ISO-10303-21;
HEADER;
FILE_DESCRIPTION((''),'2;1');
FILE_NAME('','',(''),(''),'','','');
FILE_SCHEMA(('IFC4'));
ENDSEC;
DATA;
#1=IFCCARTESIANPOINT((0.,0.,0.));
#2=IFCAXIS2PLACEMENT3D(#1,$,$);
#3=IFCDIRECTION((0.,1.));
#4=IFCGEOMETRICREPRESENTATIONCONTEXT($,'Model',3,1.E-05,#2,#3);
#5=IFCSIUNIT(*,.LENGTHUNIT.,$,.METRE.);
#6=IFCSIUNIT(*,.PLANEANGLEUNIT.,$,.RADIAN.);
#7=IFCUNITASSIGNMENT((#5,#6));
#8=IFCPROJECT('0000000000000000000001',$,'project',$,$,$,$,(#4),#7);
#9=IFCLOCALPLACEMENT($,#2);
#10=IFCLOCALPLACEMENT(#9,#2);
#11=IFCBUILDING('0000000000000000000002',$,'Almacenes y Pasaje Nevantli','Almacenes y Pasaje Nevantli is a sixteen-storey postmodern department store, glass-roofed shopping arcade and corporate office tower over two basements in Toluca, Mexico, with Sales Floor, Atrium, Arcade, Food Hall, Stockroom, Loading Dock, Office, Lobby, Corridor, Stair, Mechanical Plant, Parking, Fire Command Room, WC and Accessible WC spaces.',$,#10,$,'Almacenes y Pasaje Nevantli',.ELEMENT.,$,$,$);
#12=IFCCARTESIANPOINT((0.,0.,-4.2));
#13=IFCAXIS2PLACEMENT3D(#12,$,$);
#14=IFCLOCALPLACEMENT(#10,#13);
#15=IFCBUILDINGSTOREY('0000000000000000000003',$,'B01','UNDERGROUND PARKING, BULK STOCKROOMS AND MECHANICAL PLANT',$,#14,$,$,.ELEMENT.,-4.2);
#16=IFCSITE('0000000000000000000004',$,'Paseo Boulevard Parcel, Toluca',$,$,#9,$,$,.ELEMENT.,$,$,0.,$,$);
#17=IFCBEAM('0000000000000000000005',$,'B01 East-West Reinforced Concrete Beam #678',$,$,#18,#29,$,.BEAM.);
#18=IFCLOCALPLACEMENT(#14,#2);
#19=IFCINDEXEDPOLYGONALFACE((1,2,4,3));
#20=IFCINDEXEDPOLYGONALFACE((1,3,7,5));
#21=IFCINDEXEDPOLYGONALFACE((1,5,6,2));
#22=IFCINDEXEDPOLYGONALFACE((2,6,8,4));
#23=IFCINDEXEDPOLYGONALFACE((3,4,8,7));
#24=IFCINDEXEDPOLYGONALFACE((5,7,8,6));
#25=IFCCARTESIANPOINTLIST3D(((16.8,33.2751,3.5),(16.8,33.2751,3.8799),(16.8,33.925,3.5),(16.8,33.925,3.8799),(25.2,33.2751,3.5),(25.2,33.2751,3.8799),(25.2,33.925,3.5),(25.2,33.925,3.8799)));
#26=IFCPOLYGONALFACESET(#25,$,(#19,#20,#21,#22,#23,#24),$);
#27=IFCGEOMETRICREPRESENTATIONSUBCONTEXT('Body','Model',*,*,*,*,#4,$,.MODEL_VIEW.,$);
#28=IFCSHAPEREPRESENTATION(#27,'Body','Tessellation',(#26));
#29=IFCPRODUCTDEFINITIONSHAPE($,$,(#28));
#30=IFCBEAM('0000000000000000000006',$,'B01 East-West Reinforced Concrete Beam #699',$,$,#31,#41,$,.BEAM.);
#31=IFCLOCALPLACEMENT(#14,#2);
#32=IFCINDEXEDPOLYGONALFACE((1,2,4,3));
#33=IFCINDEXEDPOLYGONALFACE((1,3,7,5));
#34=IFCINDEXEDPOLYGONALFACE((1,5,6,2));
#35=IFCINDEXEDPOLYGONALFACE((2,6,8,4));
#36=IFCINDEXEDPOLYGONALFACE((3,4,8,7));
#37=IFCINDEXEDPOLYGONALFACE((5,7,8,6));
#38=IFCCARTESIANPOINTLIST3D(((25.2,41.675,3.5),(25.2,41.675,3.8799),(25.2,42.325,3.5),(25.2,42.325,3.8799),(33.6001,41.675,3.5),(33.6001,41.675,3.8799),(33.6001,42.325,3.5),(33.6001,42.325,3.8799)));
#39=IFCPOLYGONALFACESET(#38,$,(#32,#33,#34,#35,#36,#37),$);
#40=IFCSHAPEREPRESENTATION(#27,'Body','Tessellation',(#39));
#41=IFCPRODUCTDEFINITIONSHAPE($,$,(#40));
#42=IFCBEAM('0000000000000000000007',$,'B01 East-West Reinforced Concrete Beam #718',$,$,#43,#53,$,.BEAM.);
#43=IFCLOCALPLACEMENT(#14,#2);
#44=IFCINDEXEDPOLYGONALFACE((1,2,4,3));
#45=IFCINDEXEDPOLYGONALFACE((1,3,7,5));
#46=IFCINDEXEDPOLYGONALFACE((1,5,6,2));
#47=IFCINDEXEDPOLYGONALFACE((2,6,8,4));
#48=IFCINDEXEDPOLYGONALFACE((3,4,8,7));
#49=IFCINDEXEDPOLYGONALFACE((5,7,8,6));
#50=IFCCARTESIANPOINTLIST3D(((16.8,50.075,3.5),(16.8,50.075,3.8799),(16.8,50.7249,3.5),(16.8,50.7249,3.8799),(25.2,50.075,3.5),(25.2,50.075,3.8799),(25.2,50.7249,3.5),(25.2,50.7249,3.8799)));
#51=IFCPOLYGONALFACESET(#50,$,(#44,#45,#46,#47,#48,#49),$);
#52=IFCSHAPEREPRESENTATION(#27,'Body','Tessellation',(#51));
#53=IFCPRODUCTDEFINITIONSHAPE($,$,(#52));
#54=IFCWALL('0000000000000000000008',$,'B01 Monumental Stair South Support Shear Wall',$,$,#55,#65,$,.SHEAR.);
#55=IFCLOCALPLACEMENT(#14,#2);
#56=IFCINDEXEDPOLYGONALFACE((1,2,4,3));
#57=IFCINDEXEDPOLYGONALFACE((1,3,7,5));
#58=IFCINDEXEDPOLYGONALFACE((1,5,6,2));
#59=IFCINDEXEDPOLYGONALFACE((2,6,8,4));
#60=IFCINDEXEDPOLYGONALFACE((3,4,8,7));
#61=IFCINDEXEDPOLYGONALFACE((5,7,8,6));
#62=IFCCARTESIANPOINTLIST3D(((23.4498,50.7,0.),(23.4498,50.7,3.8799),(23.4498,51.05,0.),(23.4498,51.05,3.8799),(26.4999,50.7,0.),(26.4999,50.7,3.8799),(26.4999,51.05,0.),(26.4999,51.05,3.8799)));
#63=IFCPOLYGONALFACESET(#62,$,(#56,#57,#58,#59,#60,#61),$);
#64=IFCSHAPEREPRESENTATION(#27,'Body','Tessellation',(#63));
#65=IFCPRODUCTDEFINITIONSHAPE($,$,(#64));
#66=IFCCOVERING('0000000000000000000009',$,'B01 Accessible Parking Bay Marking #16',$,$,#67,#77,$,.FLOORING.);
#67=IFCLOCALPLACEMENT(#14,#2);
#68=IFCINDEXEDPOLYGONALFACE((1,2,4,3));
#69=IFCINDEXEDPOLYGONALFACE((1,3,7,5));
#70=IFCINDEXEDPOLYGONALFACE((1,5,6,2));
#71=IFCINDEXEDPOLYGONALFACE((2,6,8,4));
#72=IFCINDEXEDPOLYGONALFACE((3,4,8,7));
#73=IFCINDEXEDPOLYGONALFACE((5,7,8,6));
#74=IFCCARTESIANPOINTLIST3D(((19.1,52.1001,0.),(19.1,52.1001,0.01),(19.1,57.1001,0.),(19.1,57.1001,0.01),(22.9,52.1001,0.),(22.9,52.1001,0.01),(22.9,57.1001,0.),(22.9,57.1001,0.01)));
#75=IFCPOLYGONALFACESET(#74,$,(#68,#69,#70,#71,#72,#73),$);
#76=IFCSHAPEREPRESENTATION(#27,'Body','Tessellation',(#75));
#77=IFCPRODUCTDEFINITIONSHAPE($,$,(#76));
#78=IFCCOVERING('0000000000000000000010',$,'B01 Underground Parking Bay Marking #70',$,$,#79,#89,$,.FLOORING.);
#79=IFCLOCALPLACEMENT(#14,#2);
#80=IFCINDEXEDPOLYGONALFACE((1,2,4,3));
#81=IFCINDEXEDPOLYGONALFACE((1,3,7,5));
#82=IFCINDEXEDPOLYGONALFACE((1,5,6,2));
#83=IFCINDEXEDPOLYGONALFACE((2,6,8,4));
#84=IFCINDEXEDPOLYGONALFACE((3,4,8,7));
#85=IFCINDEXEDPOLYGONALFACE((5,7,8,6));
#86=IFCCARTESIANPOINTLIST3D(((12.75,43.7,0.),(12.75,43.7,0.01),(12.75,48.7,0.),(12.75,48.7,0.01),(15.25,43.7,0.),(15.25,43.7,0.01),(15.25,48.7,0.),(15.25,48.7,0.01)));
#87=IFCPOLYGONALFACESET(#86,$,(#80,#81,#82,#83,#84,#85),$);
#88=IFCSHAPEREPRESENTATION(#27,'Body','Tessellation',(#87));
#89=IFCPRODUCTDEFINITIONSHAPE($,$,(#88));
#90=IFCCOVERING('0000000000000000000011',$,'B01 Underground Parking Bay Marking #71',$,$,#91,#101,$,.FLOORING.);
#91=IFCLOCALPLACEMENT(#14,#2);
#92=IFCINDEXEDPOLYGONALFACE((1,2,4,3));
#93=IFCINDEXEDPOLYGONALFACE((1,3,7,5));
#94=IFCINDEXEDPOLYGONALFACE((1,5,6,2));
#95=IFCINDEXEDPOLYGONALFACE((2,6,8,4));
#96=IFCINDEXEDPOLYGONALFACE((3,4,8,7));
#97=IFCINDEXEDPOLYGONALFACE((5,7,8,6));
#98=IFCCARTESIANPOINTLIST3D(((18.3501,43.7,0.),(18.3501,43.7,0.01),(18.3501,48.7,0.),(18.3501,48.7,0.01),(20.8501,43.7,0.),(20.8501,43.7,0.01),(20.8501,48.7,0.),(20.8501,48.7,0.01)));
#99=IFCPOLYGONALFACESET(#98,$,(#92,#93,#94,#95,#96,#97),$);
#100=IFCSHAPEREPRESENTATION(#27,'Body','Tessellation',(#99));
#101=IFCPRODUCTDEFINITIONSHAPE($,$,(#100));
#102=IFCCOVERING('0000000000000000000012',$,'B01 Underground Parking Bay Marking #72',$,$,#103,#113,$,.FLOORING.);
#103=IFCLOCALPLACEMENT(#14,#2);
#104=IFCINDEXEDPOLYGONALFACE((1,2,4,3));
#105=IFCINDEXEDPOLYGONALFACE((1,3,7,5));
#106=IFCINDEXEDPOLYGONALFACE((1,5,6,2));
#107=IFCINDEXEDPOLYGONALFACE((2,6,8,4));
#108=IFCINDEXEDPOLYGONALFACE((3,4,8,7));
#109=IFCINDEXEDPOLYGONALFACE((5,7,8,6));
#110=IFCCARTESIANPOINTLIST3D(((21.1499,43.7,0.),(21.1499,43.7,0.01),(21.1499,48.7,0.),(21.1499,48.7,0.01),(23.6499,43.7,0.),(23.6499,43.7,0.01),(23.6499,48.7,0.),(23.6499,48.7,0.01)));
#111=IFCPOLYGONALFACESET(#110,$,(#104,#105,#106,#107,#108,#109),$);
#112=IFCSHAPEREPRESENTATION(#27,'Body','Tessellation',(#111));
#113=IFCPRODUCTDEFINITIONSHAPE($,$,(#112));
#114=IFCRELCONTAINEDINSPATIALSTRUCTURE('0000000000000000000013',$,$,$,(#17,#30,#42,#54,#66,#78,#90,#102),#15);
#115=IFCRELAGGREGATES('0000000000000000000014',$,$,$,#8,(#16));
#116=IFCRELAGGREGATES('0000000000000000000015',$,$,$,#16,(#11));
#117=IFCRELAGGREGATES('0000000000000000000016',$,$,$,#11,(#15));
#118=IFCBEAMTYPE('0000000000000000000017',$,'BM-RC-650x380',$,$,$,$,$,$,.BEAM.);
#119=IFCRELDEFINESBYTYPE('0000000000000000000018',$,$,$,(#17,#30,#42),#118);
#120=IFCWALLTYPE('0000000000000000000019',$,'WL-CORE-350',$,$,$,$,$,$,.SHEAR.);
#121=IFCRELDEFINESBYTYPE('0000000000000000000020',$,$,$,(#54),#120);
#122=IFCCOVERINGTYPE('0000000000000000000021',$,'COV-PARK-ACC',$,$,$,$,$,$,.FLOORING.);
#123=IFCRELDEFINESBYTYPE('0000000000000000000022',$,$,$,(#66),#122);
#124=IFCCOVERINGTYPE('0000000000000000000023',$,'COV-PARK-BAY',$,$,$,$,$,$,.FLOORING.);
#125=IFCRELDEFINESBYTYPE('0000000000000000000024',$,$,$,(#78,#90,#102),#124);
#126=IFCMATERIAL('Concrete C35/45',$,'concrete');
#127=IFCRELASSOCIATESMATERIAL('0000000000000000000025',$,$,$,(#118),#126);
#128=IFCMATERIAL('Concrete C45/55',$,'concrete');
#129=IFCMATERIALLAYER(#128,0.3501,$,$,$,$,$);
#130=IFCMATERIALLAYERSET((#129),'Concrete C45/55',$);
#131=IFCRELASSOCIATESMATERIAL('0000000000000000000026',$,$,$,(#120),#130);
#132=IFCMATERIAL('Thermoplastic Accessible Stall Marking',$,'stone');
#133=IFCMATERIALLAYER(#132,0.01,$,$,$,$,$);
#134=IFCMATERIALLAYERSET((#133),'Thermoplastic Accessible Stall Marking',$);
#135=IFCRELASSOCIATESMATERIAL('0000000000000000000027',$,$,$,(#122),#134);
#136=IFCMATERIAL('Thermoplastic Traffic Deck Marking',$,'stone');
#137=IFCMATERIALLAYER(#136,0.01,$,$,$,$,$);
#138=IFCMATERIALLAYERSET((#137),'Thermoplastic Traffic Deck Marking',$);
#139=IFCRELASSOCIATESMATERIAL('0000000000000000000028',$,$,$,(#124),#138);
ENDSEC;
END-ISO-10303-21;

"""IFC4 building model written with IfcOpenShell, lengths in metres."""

from ifc_helpers import new_model, si_unit, direction, frame, frame_2d, origin, origin_2d, place, context, subcontext, project, spatial, rectangle, extrude, material, layer, layer_set, material_profile, profile_set, type_object, element, save


model = new_model("IFC4")

# Units and contexts
model_context = context("Model", 3, precision=1e-05, world=origin(), true_north=direction((0.0, 1.0)))
body_context = subcontext(model_context, "Body", "Model", "MODEL_VIEW")
ifc_project = project(units=[si_unit("LENGTHUNIT", "METRE"), si_unit("PLANEANGLEUNIT", "RADIAN")], contexts=[model_context])

# Site, building, storey
site_placement = place(None, origin())
site = spatial("IfcSite", under=ifc_project, at=site_placement, Name="Paseo Boulevard Parcel, Toluca", CompositionType="ELEMENT", RefElevation=0.0)
building_placement = place(site_placement, origin())
building = spatial("IfcBuilding", under=site, at=building_placement, Name="Almacenes y Pasaje Nevantli", Description="Almacenes y Pasaje Nevantli is a sixteen-storey postmodern department store, glass-roofed shopping arcade and corporate office tower over two basements in Toluca, Mexico, with Sales Floor, Atrium, Arcade, Food Hall, Stockroom, Loading Dock, Office, Lobby, Corridor, Stair, Mechanical Plant, Parking, Fire Command Room, WC and Accessible WC spaces.", LongName="Almacenes y Pasaje Nevantli", CompositionType="ELEMENT")
storey_placement = place(building_placement, frame((0.0, 0.0, -4.2)))
storey = spatial("IfcBuildingStorey", under=building, at=storey_placement, Name="B01", Description="UNDERGROUND PARKING, BULK STOCKROOMS AND MECHANICAL PLANT", CompositionType="ELEMENT", Elevation=-4.2)

# Beams
ifc_material_1 = material(Name="Concrete C35/45", Category="concrete")
ifc_material_profile_1 = material_profile(ifc_material_1, rectangle(XDim=0.6499, YDim=0.3799, at=origin_2d()), Name="RC-BM-650x380")
ifc_profile_set_1 = profile_set([ifc_material_profile_1], Name="Concrete C35/45")
beam_type_1 = type_object("IfcBeamType", Name="BM-RC-650x380", PredefinedType="BEAM", material=ifc_profile_set_1)
beam_1_placement = place(storey_placement, frame((16.8, 33.6001, 3.6899), z_axis=(1.0, 0.0, 0.0), x_axis=(0.0, 1.0, 0.0)))
element("IfcBeam", 1, at=beam_1_placement, inside=storey, type_object=beam_type_1, Name="B01 East-West Reinforced Concrete Beam #678", PredefinedType="BEAM", context=body_context, shape_type="SweptSolid", body=[
    extrude(rectangle(XDim=0.6499, YDim=0.3799, at=origin_2d()), origin(), (0.0, 0.0, 1.0), 8.3999),
])
beam_2_placement = place(storey_placement, frame((25.2, 42.0, 3.6899), z_axis=(1.0, 0.0, 0.0), x_axis=(0.0, 1.0, 0.0)))
element("IfcBeam", 2, at=beam_2_placement, inside=storey, type_object=beam_type_1, Name="B01 East-West Reinforced Concrete Beam #699", PredefinedType="BEAM", context=body_context, shape_type="SweptSolid", body=[
    extrude(rectangle(XDim=0.6499, YDim=0.3799, at=origin_2d()), origin(), (0.0, 0.0, 1.0), 8.4001),
])
beam_3_placement = place(storey_placement, frame((16.8, 50.3999, 3.6899), z_axis=(1.0, 0.0, 0.0), x_axis=(0.0, 1.0, 0.0)))
element("IfcBeam", 3, at=beam_3_placement, inside=storey, type_object=beam_type_1, Name="B01 East-West Reinforced Concrete Beam #718", PredefinedType="BEAM", context=body_context, shape_type="SweptSolid", body=[
    extrude(rectangle(XDim=0.6499, YDim=0.3799, at=origin_2d()), origin(), (0.0, 0.0, 1.0), 8.3999),
])

# Wall
ifc_material_2 = material(Name="Concrete C45/55", Category="concrete")
ifc_layer_1 = layer(ifc_material_2, 0.3501)
ifc_layer_set_1 = layer_set([ifc_layer_1], Name="Concrete C45/55")
wall_type = type_object("IfcWallType", Name="WL-CORE-350", PredefinedType="SHEAR", material=ifc_layer_set_1)
wall_placement = place(storey_placement, frame((23.45, 50.875, 0.0), z_axis=(0.0, 0.0, 1.0), x_axis=(1.0, 0.0, 0.0)))
element("IfcWall", 4, at=wall_placement, inside=storey, type_object=wall_type, Name="B01 Monumental Stair South Support Shear Wall", PredefinedType="SHEAR", context=body_context, shape_type="SweptSolid", body=[
    extrude(rectangle(XDim=3.05, YDim=0.3501, at=frame_2d((1.5249, 0.0))), origin(), (0.0, 0.0, 1.0), 3.8799),
])

# Coverings
ifc_material_3 = material(Name="Thermoplastic Accessible Stall Marking", Category="stone")
ifc_layer_2 = layer(ifc_material_3, 0.01)
ifc_layer_set_2 = layer_set([ifc_layer_2], Name="Thermoplastic Accessible Stall Marking")
covering_type_1 = type_object("IfcCoveringType", Name="COV-PARK-ACC", PredefinedType="FLOORING", material=ifc_layer_set_2)
covering_placement = place(storey_placement, frame((21.0, 54.6001, 0.0), z_axis=(0.0, 0.0, 1.0), x_axis=(1.0, 0.0, 0.0)))
element("IfcCovering", 5, at=covering_placement, inside=storey, type_object=covering_type_1, Name="B01 Accessible Parking Bay Marking #16", PredefinedType="FLOORING", context=body_context, shape_type="SweptSolid", body=[
    extrude(rectangle(XDim=3.8, YDim=5.0, at=origin_2d()), origin(), (0.0, 0.0, 1.0), 0.01),
])
ifc_material_4 = material(Name="Thermoplastic Traffic Deck Marking", Category="stone")
ifc_layer_3 = layer(ifc_material_4, 0.01)
ifc_layer_set_3 = layer_set([ifc_layer_3], Name="Thermoplastic Traffic Deck Marking")
covering_type_2 = type_object("IfcCoveringType", Name="COV-PARK-BAY", PredefinedType="FLOORING", material=ifc_layer_set_3)
for number, where, z_axis, x_axis, name in (
    (6, (14.0, 46.2, 0.0), (0.0, 0.0, 1.0), (1.0, 0.0, 0.0), "B01 Underground Parking Bay Marking #70"),
    (7, (19.6001, 46.2, 0.0), (0.0, 0.0, 1.0), (1.0, 0.0, 0.0), "B01 Underground Parking Bay Marking #71"),
    (8, (22.3999, 46.2, 0.0), (0.0, 0.0, 1.0), (1.0, 0.0, 0.0), "B01 Underground Parking Bay Marking #72"),
):
    element("IfcCovering", number, at=place(storey_placement, frame(where, z_axis=z_axis, x_axis=x_axis)), inside=storey, type_object=covering_type_2, Name=name, PredefinedType="FLOORING", context=body_context, shape_type="SweptSolid", body=[
        extrude(rectangle(XDim=2.5, YDim=5.0, at=origin_2d()), origin(), (0.0, 0.0, 1.0), 0.01),
    ])

save(model, "model.ifc")
